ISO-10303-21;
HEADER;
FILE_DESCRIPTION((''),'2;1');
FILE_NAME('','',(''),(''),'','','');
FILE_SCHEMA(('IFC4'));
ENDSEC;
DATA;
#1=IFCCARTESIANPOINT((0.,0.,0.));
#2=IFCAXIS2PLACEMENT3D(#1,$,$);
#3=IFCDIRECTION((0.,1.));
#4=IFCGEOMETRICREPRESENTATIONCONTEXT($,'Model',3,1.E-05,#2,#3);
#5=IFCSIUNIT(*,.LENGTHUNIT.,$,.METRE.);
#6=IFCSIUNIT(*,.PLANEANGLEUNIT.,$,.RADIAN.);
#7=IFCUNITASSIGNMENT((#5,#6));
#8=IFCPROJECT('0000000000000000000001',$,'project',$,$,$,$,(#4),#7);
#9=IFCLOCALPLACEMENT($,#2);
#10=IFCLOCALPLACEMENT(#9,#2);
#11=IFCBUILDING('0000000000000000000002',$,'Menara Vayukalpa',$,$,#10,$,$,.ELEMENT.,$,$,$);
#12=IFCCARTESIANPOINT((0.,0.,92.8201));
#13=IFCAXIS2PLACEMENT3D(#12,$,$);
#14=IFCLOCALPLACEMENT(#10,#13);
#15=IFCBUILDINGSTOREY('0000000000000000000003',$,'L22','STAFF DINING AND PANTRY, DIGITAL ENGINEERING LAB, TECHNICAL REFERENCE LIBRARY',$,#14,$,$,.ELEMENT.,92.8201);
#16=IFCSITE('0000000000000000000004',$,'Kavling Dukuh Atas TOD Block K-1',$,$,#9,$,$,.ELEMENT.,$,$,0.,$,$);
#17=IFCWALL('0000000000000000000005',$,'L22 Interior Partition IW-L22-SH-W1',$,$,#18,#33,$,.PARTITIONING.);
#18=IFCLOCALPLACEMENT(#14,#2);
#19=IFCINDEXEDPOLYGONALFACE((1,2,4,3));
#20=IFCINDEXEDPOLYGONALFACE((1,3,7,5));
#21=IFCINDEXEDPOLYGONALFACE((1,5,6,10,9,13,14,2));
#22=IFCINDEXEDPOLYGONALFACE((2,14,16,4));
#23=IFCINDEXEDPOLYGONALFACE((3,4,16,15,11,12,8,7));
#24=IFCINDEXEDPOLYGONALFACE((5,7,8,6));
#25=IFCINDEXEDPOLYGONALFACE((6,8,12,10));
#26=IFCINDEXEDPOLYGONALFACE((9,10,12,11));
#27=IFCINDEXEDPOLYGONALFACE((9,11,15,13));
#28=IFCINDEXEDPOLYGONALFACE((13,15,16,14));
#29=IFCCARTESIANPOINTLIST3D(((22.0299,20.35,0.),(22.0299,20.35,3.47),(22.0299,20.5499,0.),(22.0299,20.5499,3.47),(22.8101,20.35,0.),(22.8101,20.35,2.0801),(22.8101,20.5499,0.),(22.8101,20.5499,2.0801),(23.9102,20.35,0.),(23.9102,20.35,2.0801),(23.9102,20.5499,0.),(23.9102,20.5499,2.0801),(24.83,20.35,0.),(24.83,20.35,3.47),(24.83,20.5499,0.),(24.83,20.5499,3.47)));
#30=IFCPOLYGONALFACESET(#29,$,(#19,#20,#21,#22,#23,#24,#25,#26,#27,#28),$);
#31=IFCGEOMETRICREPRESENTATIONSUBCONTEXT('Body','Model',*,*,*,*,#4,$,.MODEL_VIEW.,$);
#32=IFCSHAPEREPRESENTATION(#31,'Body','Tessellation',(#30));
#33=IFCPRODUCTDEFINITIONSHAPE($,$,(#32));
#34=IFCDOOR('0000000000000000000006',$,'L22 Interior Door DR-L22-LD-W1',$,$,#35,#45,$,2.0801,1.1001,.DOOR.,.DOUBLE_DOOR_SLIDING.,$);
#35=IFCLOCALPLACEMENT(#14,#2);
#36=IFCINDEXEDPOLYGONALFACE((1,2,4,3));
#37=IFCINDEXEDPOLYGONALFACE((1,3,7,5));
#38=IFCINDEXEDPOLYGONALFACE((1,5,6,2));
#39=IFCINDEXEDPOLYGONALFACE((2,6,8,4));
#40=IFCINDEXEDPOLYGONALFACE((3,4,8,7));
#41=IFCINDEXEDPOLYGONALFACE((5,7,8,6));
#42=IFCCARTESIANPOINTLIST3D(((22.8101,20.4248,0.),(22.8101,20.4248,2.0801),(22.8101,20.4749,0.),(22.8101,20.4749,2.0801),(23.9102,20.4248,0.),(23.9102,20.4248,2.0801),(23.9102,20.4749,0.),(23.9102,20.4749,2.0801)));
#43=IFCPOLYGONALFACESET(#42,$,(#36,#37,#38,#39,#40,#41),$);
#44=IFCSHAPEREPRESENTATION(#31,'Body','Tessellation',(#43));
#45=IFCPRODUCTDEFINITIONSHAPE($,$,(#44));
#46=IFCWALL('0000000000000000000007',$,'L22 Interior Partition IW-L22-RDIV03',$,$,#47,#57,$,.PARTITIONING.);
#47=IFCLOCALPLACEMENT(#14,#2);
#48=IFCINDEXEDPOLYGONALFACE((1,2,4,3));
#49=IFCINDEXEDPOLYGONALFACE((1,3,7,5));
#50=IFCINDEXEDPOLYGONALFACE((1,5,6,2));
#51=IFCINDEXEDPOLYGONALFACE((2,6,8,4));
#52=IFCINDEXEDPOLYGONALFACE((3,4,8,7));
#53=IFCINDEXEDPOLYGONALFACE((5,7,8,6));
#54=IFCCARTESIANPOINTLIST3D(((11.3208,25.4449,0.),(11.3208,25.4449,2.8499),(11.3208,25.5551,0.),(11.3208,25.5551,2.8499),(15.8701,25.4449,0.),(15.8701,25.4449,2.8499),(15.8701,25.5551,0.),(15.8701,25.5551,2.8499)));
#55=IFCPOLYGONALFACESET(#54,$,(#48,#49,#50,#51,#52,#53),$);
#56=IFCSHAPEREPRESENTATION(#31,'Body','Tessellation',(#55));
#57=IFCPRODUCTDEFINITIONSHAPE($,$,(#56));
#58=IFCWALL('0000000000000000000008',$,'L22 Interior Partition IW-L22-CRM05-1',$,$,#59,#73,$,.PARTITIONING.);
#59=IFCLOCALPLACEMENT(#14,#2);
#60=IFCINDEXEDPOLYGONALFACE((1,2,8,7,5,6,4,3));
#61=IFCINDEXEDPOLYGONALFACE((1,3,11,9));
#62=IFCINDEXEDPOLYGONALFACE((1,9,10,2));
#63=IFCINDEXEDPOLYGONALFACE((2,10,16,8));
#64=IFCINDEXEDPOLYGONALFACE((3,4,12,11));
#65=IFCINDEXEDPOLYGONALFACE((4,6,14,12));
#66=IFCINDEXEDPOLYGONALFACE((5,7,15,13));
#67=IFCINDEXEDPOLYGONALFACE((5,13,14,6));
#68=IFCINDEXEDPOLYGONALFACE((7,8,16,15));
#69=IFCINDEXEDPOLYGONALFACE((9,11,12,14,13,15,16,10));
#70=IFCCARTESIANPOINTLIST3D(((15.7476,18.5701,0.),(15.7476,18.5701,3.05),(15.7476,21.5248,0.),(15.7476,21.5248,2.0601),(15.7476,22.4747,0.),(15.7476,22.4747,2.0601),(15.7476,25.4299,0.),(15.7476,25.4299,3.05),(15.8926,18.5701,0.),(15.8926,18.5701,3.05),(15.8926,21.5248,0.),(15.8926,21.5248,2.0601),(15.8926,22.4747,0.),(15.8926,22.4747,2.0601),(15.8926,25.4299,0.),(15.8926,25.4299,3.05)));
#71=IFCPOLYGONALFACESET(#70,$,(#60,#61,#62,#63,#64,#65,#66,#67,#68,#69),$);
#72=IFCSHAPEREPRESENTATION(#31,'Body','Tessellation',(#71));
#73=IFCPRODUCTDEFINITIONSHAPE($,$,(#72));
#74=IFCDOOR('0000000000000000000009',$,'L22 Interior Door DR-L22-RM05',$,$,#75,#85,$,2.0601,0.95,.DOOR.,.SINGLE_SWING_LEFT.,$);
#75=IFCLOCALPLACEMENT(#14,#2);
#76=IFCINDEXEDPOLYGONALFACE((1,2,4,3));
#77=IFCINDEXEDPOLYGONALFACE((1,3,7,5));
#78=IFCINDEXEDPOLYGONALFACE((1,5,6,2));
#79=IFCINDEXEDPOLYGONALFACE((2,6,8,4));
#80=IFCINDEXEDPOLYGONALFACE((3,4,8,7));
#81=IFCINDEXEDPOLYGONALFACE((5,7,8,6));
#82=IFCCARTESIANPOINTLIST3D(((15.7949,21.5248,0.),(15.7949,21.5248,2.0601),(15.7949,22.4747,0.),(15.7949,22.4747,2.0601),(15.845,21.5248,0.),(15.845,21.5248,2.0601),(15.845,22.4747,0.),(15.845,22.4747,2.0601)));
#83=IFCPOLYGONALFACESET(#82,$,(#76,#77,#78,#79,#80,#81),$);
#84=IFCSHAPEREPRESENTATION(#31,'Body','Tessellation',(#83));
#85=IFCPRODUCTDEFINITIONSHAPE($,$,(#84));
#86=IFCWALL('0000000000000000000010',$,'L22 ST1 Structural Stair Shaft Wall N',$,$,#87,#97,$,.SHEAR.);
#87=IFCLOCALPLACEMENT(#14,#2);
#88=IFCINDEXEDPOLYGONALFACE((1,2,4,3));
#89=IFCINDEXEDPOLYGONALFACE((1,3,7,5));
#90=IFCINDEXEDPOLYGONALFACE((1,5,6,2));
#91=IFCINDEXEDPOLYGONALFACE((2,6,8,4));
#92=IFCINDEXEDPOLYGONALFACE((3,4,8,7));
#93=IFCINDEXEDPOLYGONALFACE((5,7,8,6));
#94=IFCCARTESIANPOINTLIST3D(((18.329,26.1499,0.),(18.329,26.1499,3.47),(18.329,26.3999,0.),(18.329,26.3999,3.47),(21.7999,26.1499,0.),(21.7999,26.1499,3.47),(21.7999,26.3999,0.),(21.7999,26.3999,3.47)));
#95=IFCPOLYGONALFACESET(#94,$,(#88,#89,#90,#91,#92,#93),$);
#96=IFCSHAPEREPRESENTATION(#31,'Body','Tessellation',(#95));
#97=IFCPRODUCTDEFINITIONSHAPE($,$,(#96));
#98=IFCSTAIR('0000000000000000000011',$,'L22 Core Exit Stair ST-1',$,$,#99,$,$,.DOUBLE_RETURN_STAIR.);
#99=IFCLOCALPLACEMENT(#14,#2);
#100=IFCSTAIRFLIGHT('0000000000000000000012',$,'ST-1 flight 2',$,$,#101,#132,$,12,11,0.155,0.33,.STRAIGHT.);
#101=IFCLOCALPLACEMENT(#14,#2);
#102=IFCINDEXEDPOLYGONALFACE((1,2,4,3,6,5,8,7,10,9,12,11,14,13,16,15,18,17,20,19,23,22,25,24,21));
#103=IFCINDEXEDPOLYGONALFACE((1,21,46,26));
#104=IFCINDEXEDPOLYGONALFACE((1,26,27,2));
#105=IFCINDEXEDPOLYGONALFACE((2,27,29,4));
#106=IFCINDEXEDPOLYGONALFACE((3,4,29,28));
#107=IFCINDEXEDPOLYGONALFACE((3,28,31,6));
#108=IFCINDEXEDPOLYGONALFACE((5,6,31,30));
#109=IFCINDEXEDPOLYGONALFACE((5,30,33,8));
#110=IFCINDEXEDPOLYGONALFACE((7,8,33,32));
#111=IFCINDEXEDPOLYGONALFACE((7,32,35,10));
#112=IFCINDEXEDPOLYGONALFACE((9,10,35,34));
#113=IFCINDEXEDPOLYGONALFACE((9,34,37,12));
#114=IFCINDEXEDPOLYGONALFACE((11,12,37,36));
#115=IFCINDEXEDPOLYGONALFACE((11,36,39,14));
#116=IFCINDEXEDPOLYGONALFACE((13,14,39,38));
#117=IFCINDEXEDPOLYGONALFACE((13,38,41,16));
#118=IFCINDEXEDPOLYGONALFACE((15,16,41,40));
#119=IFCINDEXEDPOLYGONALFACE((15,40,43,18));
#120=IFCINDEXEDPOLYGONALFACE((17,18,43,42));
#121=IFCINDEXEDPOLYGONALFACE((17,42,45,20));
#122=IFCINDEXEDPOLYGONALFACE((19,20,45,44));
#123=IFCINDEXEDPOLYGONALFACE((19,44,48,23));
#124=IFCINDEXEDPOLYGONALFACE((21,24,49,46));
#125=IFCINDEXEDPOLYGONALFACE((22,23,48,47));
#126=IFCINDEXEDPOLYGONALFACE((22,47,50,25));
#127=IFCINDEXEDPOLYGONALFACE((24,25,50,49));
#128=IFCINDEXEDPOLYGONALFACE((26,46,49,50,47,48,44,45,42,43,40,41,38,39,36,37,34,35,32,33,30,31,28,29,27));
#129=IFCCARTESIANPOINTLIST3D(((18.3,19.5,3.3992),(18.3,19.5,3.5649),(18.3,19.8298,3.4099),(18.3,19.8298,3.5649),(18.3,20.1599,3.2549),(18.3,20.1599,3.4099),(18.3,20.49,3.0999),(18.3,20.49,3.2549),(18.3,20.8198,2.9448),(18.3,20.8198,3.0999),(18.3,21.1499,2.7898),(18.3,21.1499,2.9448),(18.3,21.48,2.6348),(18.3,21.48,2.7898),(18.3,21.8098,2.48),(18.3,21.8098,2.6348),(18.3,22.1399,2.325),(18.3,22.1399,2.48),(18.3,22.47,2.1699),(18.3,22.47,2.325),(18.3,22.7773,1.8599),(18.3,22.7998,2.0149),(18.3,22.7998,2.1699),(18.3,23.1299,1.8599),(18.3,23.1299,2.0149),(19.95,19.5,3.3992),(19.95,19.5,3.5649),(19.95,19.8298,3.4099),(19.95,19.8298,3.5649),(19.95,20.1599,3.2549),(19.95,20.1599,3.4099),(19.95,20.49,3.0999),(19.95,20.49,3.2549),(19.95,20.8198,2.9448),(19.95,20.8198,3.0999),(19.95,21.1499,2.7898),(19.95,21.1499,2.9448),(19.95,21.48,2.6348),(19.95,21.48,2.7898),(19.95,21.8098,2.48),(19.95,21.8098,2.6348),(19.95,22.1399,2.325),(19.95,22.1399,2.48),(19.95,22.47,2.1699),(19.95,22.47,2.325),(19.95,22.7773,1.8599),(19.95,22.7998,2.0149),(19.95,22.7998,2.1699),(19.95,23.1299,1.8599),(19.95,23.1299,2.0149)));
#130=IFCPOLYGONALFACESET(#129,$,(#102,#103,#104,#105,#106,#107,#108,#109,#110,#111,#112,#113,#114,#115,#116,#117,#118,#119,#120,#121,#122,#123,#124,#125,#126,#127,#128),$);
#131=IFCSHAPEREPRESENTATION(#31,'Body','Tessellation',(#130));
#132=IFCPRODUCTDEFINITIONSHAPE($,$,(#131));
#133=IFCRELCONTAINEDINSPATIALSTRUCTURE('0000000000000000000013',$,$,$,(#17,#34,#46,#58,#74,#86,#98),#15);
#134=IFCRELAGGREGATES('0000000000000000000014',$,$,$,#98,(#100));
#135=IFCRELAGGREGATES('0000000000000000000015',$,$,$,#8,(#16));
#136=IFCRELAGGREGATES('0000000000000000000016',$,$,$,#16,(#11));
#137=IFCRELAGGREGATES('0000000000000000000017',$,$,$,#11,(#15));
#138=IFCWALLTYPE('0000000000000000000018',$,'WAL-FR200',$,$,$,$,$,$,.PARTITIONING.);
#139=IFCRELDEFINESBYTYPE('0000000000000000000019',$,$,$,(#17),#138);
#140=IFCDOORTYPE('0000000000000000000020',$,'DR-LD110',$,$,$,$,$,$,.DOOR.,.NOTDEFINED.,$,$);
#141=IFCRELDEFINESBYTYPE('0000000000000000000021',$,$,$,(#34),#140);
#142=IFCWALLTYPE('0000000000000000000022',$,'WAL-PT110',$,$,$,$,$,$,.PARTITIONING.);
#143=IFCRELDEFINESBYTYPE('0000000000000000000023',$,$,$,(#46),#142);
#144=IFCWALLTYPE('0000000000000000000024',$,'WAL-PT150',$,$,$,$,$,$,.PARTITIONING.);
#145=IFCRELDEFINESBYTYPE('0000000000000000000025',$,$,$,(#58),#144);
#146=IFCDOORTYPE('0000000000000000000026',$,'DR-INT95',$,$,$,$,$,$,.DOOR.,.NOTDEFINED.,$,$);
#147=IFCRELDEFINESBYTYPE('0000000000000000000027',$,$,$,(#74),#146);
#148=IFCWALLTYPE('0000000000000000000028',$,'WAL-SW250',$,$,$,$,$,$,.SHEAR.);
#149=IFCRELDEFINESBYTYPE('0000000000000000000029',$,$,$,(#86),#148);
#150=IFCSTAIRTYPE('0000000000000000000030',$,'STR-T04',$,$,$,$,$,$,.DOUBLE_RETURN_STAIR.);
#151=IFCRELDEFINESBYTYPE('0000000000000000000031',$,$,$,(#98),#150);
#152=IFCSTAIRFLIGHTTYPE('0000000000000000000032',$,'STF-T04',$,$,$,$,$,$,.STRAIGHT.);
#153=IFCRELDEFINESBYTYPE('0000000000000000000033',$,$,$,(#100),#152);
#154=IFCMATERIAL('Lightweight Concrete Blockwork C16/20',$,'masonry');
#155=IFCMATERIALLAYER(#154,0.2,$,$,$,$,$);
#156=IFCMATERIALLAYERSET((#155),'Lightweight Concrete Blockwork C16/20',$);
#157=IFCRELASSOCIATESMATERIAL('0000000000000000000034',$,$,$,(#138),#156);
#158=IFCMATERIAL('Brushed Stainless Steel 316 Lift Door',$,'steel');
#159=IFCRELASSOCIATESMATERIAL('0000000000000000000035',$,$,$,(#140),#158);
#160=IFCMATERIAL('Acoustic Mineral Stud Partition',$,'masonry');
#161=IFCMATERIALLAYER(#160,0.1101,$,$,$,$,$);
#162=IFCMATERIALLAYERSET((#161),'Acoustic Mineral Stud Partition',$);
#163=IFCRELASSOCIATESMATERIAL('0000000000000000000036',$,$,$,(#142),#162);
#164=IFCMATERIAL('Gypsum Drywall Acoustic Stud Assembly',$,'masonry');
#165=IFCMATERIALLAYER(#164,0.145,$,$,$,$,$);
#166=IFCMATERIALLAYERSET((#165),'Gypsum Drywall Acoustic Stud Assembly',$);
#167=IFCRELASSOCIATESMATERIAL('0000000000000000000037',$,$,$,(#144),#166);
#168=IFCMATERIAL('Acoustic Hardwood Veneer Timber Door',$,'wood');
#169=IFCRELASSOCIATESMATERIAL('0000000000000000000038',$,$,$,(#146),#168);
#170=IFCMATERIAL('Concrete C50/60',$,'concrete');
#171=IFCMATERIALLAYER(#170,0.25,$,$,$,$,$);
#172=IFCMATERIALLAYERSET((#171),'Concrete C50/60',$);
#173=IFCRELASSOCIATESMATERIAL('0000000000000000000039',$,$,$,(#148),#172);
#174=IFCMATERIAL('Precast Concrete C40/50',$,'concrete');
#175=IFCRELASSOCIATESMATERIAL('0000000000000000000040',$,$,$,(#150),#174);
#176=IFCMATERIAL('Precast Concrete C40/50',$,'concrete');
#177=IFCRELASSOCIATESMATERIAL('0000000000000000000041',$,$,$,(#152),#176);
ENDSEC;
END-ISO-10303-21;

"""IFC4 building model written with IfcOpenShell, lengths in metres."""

from ifc_helpers import new_model, si_unit, direction, frame, frame_2d, origin, place, context, subcontext, project, spatial, polyline, rectangle, outline, extrude, material, layer, layer_set, type_object, element, fill, aggregate, save


model = new_model("IFC4")

# Units and contexts
model_context = context("Model", 3, precision=1e-05, world=origin(), true_north=direction((0.0, 1.0)))
body_context = subcontext(model_context, "Body", "Model", "MODEL_VIEW")
ifc_project = project(units=[si_unit("LENGTHUNIT", "METRE"), si_unit("PLANEANGLEUNIT", "RADIAN")], contexts=[model_context])

# Site, building, storey
site_placement = place(None, origin())
site = spatial("IfcSite", under=ifc_project, at=site_placement, Name="Kavling Dukuh Atas TOD Block K-1", CompositionType="ELEMENT", RefElevation=0.0)
building_placement = place(site_placement, origin())
building = spatial("IfcBuilding", under=site, at=building_placement, Name="Menara Vayukalpa", CompositionType="ELEMENT")
storey_placement = place(building_placement, frame((0.0, 0.0, 92.8201)))
storey = spatial("IfcBuildingStorey", under=building, at=storey_placement, Name="L22", Description="STAFF DINING AND PANTRY, DIGITAL ENGINEERING LAB, TECHNICAL REFERENCE LIBRARY", CompositionType="ELEMENT", Elevation=92.8201)

# Wall, opening, door
ifc_material_1 = material(Name="Lightweight Concrete Blockwork C16/20", Category="masonry")
ifc_layer_1 = layer(ifc_material_1, 0.2)
ifc_layer_set_1 = layer_set([ifc_layer_1], Name="Lightweight Concrete Blockwork C16/20")
wall_type_1 = type_object("IfcWallType", Name="WAL-FR200", PredefinedType="PARTITIONING", material=ifc_layer_set_1)
wall_1_placement = place(storey_placement, frame((22.03, 20.45, 0.0), z_axis=(0.0, 0.0, 1.0), x_axis=(1.0, 0.0, 0.0)))
wall_1 = element("IfcWall", 1, at=wall_1_placement, inside=storey, type_object=wall_type_1, Name="L22 Interior Partition IW-L22-SH-W1", PredefinedType="PARTITIONING", context=body_context, shape_type="SweptSolid", body=[
    extrude(rectangle(XDim=2.8, YDim=0.2, at=frame_2d((1.3999, 0.0))), origin(), (0.0, 0.0, 1.0), 3.47),
])
opening_1_placement = place(wall_1_placement, frame((0.78, 0.0, 0.0)))
opening_1 = element("IfcOpeningElement", 2, at=opening_1_placement, cuts=wall_1, PredefinedType="OPENING", context=body_context, shape_type="SweptSolid", body=[
    extrude(rectangle(XDim=1.1001, YDim=2.0801, at=frame_2d((0.55, 1.04))), frame((0.0, 0.1099, 0.0), z_axis=(0.0, -1.0, 0.0), x_axis=(1.0, 0.0, 0.0)), (0.0, 0.0, 1.0), 0.22),
])
ifc_material_2 = material(Name="Brushed Stainless Steel 316 Lift Door", Category="steel")
door_type_1 = type_object("IfcDoorType", Name="DR-LD110", OperationType="NOTDEFINED", PredefinedType="DOOR", material=ifc_material_2)
door_1_placement = place(opening_1_placement, origin())
door_1 = element("IfcDoor", 3, at=door_1_placement, inside=storey, type_object=door_type_1, Name="L22 Interior Door DR-L22-LD-W1", OperationType="DOUBLE_DOOR_SLIDING", OverallHeight=2.0801, OverallWidth=1.1001, PredefinedType="DOOR", context=body_context, shape_type="SweptSolid", body=[
    extrude(rectangle(XDim=1.1001, YDim=2.0801, at=frame_2d((0.55, 1.04))), frame((0.0, 0.0249, 0.0), z_axis=(0.0, -1.0, 0.0), x_axis=(1.0, 0.0, 0.0)), (0.0, 0.0, 1.0), 0.05),
])
fill(opening_1, door_1)

# Wall
ifc_material_3 = material(Name="Acoustic Mineral Stud Partition", Category="masonry")
ifc_layer_2 = layer(ifc_material_3, 0.1101)
ifc_layer_set_2 = layer_set([ifc_layer_2], Name="Acoustic Mineral Stud Partition")
wall_type_2 = type_object("IfcWallType", Name="WAL-PT110", PredefinedType="PARTITIONING", material=ifc_layer_set_2)
wall_2_placement = place(storey_placement, frame((11.3208, 25.5, 0.0), z_axis=(0.0, 0.0, 1.0), x_axis=(1.0, 0.0, 0.0)))
element("IfcWall", 4, at=wall_2_placement, inside=storey, type_object=wall_type_2, Name="L22 Interior Partition IW-L22-RDIV03", PredefinedType="PARTITIONING", context=body_context, shape_type="SweptSolid", body=[
    extrude(rectangle(XDim=4.5493, YDim=0.1101, at=frame_2d((2.2747, 0.0))), origin(), (0.0, 0.0, 1.0), 2.8499),
])

# Wall, opening, door
ifc_material_4 = material(Name="Gypsum Drywall Acoustic Stud Assembly", Category="masonry")
ifc_layer_3 = layer(ifc_material_4, 0.145)
ifc_layer_set_3 = layer_set([ifc_layer_3], Name="Gypsum Drywall Acoustic Stud Assembly")
wall_type_3 = type_object("IfcWallType", Name="WAL-PT150", PredefinedType="PARTITIONING", material=ifc_layer_set_3)
wall_3_placement = place(storey_placement, frame((15.8201, 25.4299, 0.0), z_axis=(0.0, 0.0, 1.0), x_axis=(0.0, -1.0, 0.0)))
wall_3 = element("IfcWall", 5, at=wall_3_placement, inside=storey, type_object=wall_type_3, Name="L22 Interior Partition IW-L22-CRM05-1", PredefinedType="PARTITIONING", context=body_context, shape_type="SweptSolid", body=[
    extrude(rectangle(XDim=6.8599, YDim=0.145, at=frame_2d((3.4299, 0.0))), origin(), (0.0, 0.0, 1.0), 3.05),
])
opening_2_placement = place(wall_3_placement, frame((2.9551, 0.0, 0.0)))
opening_2 = element("IfcOpeningElement", 6, at=opening_2_placement, cuts=wall_3, PredefinedType="OPENING", context=body_context, shape_type="SweptSolid", body=[
    extrude(rectangle(XDim=0.95, YDim=2.0601, at=frame_2d((0.4751, 1.03))), frame((0.0, 0.0825, 0.0), z_axis=(0.0, -1.0, 0.0), x_axis=(1.0, 0.0, 0.0)), (0.0, 0.0, 1.0), 0.165),
])
ifc_material_5 = material(Name="Acoustic Hardwood Veneer Timber Door", Category="wood")
door_type_2 = type_object("IfcDoorType", Name="DR-INT95", OperationType="NOTDEFINED", PredefinedType="DOOR", material=ifc_material_5)
door_2_placement = place(opening_2_placement, origin())
door_2 = element("IfcDoor", 7, at=door_2_placement, inside=storey, type_object=door_type_2, Name="L22 Interior Door DR-L22-RM05", OperationType="SINGLE_SWING_LEFT", OverallHeight=2.0601, OverallWidth=0.95, PredefinedType="DOOR", context=body_context, shape_type="SweptSolid", body=[
    extrude(rectangle(XDim=0.95, YDim=2.0601, at=frame_2d((0.4751, 1.03))), frame((0.0, 0.0249, 0.0), z_axis=(0.0, -1.0, 0.0), x_axis=(1.0, 0.0, 0.0)), (0.0, 0.0, 1.0), 0.05),
])
fill(opening_2, door_2)

# Wall
ifc_material_6 = material(Name="Concrete C50/60", Category="concrete")
ifc_layer_4 = layer(ifc_material_6, 0.25)
ifc_layer_set_4 = layer_set([ifc_layer_4], Name="Concrete C50/60")
wall_type_4 = type_object("IfcWallType", Name="WAL-SW250", PredefinedType="SHEAR", material=ifc_layer_set_4)
wall_4_placement = place(storey_placement, frame((18.3291, 26.2749, 0.0), z_axis=(0.0, 0.0, 1.0), x_axis=(1.0, 0.0, 0.0)))
element("IfcWall", 8, at=wall_4_placement, inside=storey, type_object=wall_type_4, Name="L22 ST1 Structural Stair Shaft Wall N", PredefinedType="SHEAR", context=body_context, shape_type="SweptSolid", body=[
    extrude(rectangle(XDim=3.4709, YDim=0.25, at=frame_2d((1.7354, 0.0))), origin(), (0.0, 0.0, 1.0), 3.47),
])

# Stair, stair flight
ifc_material_7 = material(Name="Precast Concrete C40/50", Category="concrete")
stair_type = type_object("IfcStairType", Name="STR-T04", PredefinedType="DOUBLE_RETURN_STAIR", material=ifc_material_7)
stair_placement = place(storey_placement, origin())
stair = element("IfcStair", 9, at=stair_placement, inside=storey, type_object=stair_type, Name="L22 Core Exit Stair ST-1", PredefinedType="DOUBLE_RETURN_STAIR")
ifc_material_8 = material(Name="Precast Concrete C40/50", Category="concrete")
stair_flight_type = type_object("IfcStairFlightType", Name="STF-T04", PredefinedType="STRAIGHT", material=ifc_material_8)
stair_flight_placement = place(storey_placement, frame((19.125, 23.1299, 1.8599), z_axis=(0.0, 0.0, 1.0), x_axis=(0.0, -1.0, 0.0)))
stair_flight = element("IfcStairFlight", 10, at=stair_flight_placement, type_object=stair_flight_type, Name="ST-1 flight 2", NumberOfRisers=12, NumberOfTreads=11, PredefinedType="STRAIGHT", RiserHeight=0.155, TreadLength=0.33, context=body_context, shape_type="SweptSolid", body=[
    extrude(outline(polyline([(0.0, 0.0), (0.0, 0.155), (0.3301, 0.155), (0.3301, 0.3101), (0.6599, 0.3101), (0.6599, 0.4651), (0.99, 0.4651), (0.99, 0.6201), (1.3201, 0.6201), (1.3201, 0.7749), (1.6499, 0.7749), (1.6499, 0.9299), (1.98, 0.9299), (1.98, 1.085), (2.3101, 1.085), (2.3101, 1.24), (2.6399, 1.24), (2.6399, 1.395), (2.97, 1.395), (2.97, 1.55), (3.3, 1.55), (3.3, 1.7051), (3.6299, 1.7051), (3.6299, 1.8601), (3.6299, 1.5393), (0.3525, 0.0), (0.0, 0.0)])), frame((0.0, 0.825, 0.0), z_axis=(0.0, -1.0, 0.0), x_axis=(1.0, 0.0, 0.0)), (0.0, 0.0, 1.0), 1.6499),
])
aggregate(stair, [stair_flight])

save(model, "model.ifc")
